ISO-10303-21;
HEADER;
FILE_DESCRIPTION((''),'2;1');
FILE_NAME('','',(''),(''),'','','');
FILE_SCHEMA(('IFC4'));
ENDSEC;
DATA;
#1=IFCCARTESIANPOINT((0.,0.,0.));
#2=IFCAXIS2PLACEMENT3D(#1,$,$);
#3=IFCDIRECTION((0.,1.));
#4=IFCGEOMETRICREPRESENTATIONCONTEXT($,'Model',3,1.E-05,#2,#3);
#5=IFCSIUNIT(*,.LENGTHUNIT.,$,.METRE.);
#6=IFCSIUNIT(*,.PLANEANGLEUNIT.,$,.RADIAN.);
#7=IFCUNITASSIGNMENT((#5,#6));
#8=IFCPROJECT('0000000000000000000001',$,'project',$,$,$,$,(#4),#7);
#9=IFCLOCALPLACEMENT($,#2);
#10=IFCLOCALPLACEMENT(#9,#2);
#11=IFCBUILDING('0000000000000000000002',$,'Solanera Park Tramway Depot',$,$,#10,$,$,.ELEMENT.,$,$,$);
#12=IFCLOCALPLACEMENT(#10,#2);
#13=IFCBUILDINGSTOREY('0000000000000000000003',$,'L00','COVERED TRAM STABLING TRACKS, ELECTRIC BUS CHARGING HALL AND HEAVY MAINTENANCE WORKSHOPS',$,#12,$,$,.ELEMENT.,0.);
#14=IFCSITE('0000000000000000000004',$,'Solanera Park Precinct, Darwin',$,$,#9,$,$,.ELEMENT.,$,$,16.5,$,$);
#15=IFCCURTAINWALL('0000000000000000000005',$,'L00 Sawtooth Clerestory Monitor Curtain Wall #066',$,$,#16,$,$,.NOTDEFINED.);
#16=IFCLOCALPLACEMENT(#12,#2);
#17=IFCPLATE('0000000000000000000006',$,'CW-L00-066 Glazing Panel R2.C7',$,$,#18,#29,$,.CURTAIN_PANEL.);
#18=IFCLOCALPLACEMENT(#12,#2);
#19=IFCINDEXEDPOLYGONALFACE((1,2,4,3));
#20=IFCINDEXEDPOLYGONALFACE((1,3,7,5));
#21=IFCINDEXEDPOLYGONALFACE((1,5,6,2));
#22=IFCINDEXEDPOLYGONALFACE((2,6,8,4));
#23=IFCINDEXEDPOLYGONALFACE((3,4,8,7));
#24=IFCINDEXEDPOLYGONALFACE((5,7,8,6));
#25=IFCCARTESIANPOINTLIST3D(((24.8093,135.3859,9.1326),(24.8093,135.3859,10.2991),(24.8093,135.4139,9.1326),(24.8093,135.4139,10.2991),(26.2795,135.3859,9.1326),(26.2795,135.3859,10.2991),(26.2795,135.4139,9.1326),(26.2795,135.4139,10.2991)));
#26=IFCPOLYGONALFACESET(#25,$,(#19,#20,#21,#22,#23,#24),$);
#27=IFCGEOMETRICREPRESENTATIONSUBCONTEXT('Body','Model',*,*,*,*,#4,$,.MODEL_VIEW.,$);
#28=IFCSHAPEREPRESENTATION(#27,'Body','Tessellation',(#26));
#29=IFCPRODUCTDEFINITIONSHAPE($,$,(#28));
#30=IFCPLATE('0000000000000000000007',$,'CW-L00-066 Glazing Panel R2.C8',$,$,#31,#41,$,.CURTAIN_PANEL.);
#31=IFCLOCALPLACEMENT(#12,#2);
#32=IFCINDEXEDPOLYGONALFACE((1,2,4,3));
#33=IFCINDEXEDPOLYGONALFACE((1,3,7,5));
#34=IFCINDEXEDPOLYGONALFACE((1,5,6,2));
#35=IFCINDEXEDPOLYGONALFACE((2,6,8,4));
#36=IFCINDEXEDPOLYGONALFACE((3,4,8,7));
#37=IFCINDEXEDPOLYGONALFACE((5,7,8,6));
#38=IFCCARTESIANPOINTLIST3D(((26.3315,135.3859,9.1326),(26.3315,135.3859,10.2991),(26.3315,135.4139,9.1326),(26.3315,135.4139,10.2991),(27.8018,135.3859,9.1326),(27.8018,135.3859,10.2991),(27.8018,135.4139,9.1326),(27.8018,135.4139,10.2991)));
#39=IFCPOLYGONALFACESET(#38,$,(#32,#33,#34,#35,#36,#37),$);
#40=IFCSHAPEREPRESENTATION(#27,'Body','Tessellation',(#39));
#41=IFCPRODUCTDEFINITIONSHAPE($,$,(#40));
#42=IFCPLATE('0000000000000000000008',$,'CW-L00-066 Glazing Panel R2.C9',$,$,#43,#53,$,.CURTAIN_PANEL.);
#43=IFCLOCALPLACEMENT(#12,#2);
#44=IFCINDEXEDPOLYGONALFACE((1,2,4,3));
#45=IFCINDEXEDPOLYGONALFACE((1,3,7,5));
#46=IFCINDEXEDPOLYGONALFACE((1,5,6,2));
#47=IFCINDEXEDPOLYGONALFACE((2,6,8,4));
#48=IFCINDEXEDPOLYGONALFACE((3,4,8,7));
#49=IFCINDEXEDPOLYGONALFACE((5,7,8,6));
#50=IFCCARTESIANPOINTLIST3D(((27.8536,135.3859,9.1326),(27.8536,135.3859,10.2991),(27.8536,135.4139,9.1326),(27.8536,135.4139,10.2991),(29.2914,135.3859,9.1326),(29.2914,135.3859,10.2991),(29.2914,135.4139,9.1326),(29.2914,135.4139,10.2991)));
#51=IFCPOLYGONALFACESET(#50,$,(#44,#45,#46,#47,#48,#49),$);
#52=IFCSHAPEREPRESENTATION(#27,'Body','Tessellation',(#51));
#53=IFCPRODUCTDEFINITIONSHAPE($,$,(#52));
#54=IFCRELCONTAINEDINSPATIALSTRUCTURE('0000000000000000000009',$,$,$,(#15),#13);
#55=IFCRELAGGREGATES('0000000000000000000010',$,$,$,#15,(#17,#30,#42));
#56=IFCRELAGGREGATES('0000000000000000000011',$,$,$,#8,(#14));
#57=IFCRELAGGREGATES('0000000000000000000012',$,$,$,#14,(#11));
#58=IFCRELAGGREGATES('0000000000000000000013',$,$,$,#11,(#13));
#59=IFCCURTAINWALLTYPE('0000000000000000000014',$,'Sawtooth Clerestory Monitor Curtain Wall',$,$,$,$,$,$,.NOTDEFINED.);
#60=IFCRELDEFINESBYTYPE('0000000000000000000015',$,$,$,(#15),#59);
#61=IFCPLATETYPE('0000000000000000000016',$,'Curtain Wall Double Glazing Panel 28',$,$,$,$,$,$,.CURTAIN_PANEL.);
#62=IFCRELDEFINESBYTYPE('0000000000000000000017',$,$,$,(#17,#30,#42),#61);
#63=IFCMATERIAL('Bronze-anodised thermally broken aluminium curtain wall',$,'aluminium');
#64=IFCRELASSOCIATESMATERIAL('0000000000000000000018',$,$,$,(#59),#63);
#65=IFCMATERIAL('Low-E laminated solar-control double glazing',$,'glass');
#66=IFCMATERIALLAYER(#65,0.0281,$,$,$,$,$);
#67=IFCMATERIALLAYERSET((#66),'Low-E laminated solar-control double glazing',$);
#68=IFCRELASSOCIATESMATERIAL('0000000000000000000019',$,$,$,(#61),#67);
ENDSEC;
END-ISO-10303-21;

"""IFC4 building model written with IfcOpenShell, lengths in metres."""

from ifc_helpers import new_model, si_unit, direction, frame, origin, origin_2d, place, context, subcontext, project, spatial, rectangle, extrude, material, layer, layer_set, type_object, element, aggregate, save


model = new_model("IFC4")

# Units and contexts
model_context = context("Model", 3, precision=1e-05, world=origin(), true_north=direction((0.0, 1.0)))
body_context = subcontext(model_context, "Body", "Model", "MODEL_VIEW")
ifc_project = project(units=[si_unit("LENGTHUNIT", "METRE"), si_unit("PLANEANGLEUNIT", "RADIAN")], contexts=[model_context])

# Site, building, storey
site_placement = place(None, origin())
site = spatial("IfcSite", under=ifc_project, at=site_placement, Name="Solanera Park Precinct, Darwin", CompositionType="ELEMENT", RefElevation=16.5)
building_placement = place(site_placement, origin())
building = spatial("IfcBuilding", under=site, at=building_placement, Name="Solanera Park Tramway Depot", CompositionType="ELEMENT")
storey_placement = place(building_placement, origin())
storey = spatial("IfcBuildingStorey", under=building, at=storey_placement, Name="L00", Description="COVERED TRAM STABLING TRACKS, ELECTRIC BUS CHARGING HALL AND HEAVY MAINTENANCE WORKSHOPS", CompositionType="ELEMENT", Elevation=0.0)

# Curtain wall
ifc_material_1 = material(Name="Bronze-anodised thermally broken aluminium curtain wall", Category="aluminium")
curtain_wall_type = type_object("IfcCurtainWallType", Name="Sawtooth Clerestory Monitor Curtain Wall", PredefinedType="NOTDEFINED", material=ifc_material_1)
curtain_wall_1_placement = place(storey_placement, origin())
curtain_wall_1 = element("IfcCurtainWall", 1, at=curtain_wall_1_placement, inside=storey, type_object=curtain_wall_type, Name="L00 Sawtooth Clerestory Monitor Curtain Wall #066", PredefinedType="NOTDEFINED")

# Plates
ifc_material_2 = material(Name="Low-E laminated solar-control double glazing", Category="glass")
ifc_layer = layer(ifc_material_2, 0.0281)
ifc_layer_set = layer_set([ifc_layer], Name="Low-E laminated solar-control double glazing")
plate_type = type_object("IfcPlateType", Name="Curtain Wall Double Glazing Panel 28", PredefinedType="CURTAIN_PANEL", material=ifc_layer_set)
plate_1_placement = place(storey_placement, frame((25.5444, 135.3999, 9.1326), z_axis=(0.0, 0.0, 1.0), x_axis=(1.0, 0.0, 0.0)))
plate_1 = element("IfcPlate", 2, at=plate_1_placement, type_object=plate_type, Name="CW-L00-066 Glazing Panel R2.C7", PredefinedType="CURTAIN_PANEL", context=body_context, shape_type="SweptSolid", body=[
    extrude(rectangle(XDim=1.4702, YDim=0.0281, at=origin_2d()), origin(), (0.0, 0.0, 1.0), 1.1665),
])
plate_2_placement = place(storey_placement, frame((27.0667, 135.3999, 9.1326), z_axis=(0.0, 0.0, 1.0), x_axis=(1.0, 0.0, 0.0)))
plate_2 = element("IfcPlate", 3, at=plate_2_placement, type_object=plate_type, Name="CW-L00-066 Glazing Panel R2.C8", PredefinedType="CURTAIN_PANEL", context=body_context, shape_type="SweptSolid", body=[
    extrude(rectangle(XDim=1.4702, YDim=0.0281, at=origin_2d()), origin(), (0.0, 0.0, 1.0), 1.1665),
])
plate_3_placement = place(storey_placement, frame((28.5725, 135.3999, 9.1326), z_axis=(0.0, 0.0, 1.0), x_axis=(1.0, 0.0, 0.0)))
plate_3 = element("IfcPlate", 4, at=plate_3_placement, type_object=plate_type, Name="CW-L00-066 Glazing Panel R2.C9", PredefinedType="CURTAIN_PANEL", context=body_context, shape_type="SweptSolid", body=[
    extrude(rectangle(XDim=1.4377, YDim=0.0281, at=origin_2d()), origin(), (0.0, 0.0, 1.0), 1.1665),
])
aggregate(curtain_wall_1, [plate_1, plate_2, plate_3])

save(model, "model.ifc")
